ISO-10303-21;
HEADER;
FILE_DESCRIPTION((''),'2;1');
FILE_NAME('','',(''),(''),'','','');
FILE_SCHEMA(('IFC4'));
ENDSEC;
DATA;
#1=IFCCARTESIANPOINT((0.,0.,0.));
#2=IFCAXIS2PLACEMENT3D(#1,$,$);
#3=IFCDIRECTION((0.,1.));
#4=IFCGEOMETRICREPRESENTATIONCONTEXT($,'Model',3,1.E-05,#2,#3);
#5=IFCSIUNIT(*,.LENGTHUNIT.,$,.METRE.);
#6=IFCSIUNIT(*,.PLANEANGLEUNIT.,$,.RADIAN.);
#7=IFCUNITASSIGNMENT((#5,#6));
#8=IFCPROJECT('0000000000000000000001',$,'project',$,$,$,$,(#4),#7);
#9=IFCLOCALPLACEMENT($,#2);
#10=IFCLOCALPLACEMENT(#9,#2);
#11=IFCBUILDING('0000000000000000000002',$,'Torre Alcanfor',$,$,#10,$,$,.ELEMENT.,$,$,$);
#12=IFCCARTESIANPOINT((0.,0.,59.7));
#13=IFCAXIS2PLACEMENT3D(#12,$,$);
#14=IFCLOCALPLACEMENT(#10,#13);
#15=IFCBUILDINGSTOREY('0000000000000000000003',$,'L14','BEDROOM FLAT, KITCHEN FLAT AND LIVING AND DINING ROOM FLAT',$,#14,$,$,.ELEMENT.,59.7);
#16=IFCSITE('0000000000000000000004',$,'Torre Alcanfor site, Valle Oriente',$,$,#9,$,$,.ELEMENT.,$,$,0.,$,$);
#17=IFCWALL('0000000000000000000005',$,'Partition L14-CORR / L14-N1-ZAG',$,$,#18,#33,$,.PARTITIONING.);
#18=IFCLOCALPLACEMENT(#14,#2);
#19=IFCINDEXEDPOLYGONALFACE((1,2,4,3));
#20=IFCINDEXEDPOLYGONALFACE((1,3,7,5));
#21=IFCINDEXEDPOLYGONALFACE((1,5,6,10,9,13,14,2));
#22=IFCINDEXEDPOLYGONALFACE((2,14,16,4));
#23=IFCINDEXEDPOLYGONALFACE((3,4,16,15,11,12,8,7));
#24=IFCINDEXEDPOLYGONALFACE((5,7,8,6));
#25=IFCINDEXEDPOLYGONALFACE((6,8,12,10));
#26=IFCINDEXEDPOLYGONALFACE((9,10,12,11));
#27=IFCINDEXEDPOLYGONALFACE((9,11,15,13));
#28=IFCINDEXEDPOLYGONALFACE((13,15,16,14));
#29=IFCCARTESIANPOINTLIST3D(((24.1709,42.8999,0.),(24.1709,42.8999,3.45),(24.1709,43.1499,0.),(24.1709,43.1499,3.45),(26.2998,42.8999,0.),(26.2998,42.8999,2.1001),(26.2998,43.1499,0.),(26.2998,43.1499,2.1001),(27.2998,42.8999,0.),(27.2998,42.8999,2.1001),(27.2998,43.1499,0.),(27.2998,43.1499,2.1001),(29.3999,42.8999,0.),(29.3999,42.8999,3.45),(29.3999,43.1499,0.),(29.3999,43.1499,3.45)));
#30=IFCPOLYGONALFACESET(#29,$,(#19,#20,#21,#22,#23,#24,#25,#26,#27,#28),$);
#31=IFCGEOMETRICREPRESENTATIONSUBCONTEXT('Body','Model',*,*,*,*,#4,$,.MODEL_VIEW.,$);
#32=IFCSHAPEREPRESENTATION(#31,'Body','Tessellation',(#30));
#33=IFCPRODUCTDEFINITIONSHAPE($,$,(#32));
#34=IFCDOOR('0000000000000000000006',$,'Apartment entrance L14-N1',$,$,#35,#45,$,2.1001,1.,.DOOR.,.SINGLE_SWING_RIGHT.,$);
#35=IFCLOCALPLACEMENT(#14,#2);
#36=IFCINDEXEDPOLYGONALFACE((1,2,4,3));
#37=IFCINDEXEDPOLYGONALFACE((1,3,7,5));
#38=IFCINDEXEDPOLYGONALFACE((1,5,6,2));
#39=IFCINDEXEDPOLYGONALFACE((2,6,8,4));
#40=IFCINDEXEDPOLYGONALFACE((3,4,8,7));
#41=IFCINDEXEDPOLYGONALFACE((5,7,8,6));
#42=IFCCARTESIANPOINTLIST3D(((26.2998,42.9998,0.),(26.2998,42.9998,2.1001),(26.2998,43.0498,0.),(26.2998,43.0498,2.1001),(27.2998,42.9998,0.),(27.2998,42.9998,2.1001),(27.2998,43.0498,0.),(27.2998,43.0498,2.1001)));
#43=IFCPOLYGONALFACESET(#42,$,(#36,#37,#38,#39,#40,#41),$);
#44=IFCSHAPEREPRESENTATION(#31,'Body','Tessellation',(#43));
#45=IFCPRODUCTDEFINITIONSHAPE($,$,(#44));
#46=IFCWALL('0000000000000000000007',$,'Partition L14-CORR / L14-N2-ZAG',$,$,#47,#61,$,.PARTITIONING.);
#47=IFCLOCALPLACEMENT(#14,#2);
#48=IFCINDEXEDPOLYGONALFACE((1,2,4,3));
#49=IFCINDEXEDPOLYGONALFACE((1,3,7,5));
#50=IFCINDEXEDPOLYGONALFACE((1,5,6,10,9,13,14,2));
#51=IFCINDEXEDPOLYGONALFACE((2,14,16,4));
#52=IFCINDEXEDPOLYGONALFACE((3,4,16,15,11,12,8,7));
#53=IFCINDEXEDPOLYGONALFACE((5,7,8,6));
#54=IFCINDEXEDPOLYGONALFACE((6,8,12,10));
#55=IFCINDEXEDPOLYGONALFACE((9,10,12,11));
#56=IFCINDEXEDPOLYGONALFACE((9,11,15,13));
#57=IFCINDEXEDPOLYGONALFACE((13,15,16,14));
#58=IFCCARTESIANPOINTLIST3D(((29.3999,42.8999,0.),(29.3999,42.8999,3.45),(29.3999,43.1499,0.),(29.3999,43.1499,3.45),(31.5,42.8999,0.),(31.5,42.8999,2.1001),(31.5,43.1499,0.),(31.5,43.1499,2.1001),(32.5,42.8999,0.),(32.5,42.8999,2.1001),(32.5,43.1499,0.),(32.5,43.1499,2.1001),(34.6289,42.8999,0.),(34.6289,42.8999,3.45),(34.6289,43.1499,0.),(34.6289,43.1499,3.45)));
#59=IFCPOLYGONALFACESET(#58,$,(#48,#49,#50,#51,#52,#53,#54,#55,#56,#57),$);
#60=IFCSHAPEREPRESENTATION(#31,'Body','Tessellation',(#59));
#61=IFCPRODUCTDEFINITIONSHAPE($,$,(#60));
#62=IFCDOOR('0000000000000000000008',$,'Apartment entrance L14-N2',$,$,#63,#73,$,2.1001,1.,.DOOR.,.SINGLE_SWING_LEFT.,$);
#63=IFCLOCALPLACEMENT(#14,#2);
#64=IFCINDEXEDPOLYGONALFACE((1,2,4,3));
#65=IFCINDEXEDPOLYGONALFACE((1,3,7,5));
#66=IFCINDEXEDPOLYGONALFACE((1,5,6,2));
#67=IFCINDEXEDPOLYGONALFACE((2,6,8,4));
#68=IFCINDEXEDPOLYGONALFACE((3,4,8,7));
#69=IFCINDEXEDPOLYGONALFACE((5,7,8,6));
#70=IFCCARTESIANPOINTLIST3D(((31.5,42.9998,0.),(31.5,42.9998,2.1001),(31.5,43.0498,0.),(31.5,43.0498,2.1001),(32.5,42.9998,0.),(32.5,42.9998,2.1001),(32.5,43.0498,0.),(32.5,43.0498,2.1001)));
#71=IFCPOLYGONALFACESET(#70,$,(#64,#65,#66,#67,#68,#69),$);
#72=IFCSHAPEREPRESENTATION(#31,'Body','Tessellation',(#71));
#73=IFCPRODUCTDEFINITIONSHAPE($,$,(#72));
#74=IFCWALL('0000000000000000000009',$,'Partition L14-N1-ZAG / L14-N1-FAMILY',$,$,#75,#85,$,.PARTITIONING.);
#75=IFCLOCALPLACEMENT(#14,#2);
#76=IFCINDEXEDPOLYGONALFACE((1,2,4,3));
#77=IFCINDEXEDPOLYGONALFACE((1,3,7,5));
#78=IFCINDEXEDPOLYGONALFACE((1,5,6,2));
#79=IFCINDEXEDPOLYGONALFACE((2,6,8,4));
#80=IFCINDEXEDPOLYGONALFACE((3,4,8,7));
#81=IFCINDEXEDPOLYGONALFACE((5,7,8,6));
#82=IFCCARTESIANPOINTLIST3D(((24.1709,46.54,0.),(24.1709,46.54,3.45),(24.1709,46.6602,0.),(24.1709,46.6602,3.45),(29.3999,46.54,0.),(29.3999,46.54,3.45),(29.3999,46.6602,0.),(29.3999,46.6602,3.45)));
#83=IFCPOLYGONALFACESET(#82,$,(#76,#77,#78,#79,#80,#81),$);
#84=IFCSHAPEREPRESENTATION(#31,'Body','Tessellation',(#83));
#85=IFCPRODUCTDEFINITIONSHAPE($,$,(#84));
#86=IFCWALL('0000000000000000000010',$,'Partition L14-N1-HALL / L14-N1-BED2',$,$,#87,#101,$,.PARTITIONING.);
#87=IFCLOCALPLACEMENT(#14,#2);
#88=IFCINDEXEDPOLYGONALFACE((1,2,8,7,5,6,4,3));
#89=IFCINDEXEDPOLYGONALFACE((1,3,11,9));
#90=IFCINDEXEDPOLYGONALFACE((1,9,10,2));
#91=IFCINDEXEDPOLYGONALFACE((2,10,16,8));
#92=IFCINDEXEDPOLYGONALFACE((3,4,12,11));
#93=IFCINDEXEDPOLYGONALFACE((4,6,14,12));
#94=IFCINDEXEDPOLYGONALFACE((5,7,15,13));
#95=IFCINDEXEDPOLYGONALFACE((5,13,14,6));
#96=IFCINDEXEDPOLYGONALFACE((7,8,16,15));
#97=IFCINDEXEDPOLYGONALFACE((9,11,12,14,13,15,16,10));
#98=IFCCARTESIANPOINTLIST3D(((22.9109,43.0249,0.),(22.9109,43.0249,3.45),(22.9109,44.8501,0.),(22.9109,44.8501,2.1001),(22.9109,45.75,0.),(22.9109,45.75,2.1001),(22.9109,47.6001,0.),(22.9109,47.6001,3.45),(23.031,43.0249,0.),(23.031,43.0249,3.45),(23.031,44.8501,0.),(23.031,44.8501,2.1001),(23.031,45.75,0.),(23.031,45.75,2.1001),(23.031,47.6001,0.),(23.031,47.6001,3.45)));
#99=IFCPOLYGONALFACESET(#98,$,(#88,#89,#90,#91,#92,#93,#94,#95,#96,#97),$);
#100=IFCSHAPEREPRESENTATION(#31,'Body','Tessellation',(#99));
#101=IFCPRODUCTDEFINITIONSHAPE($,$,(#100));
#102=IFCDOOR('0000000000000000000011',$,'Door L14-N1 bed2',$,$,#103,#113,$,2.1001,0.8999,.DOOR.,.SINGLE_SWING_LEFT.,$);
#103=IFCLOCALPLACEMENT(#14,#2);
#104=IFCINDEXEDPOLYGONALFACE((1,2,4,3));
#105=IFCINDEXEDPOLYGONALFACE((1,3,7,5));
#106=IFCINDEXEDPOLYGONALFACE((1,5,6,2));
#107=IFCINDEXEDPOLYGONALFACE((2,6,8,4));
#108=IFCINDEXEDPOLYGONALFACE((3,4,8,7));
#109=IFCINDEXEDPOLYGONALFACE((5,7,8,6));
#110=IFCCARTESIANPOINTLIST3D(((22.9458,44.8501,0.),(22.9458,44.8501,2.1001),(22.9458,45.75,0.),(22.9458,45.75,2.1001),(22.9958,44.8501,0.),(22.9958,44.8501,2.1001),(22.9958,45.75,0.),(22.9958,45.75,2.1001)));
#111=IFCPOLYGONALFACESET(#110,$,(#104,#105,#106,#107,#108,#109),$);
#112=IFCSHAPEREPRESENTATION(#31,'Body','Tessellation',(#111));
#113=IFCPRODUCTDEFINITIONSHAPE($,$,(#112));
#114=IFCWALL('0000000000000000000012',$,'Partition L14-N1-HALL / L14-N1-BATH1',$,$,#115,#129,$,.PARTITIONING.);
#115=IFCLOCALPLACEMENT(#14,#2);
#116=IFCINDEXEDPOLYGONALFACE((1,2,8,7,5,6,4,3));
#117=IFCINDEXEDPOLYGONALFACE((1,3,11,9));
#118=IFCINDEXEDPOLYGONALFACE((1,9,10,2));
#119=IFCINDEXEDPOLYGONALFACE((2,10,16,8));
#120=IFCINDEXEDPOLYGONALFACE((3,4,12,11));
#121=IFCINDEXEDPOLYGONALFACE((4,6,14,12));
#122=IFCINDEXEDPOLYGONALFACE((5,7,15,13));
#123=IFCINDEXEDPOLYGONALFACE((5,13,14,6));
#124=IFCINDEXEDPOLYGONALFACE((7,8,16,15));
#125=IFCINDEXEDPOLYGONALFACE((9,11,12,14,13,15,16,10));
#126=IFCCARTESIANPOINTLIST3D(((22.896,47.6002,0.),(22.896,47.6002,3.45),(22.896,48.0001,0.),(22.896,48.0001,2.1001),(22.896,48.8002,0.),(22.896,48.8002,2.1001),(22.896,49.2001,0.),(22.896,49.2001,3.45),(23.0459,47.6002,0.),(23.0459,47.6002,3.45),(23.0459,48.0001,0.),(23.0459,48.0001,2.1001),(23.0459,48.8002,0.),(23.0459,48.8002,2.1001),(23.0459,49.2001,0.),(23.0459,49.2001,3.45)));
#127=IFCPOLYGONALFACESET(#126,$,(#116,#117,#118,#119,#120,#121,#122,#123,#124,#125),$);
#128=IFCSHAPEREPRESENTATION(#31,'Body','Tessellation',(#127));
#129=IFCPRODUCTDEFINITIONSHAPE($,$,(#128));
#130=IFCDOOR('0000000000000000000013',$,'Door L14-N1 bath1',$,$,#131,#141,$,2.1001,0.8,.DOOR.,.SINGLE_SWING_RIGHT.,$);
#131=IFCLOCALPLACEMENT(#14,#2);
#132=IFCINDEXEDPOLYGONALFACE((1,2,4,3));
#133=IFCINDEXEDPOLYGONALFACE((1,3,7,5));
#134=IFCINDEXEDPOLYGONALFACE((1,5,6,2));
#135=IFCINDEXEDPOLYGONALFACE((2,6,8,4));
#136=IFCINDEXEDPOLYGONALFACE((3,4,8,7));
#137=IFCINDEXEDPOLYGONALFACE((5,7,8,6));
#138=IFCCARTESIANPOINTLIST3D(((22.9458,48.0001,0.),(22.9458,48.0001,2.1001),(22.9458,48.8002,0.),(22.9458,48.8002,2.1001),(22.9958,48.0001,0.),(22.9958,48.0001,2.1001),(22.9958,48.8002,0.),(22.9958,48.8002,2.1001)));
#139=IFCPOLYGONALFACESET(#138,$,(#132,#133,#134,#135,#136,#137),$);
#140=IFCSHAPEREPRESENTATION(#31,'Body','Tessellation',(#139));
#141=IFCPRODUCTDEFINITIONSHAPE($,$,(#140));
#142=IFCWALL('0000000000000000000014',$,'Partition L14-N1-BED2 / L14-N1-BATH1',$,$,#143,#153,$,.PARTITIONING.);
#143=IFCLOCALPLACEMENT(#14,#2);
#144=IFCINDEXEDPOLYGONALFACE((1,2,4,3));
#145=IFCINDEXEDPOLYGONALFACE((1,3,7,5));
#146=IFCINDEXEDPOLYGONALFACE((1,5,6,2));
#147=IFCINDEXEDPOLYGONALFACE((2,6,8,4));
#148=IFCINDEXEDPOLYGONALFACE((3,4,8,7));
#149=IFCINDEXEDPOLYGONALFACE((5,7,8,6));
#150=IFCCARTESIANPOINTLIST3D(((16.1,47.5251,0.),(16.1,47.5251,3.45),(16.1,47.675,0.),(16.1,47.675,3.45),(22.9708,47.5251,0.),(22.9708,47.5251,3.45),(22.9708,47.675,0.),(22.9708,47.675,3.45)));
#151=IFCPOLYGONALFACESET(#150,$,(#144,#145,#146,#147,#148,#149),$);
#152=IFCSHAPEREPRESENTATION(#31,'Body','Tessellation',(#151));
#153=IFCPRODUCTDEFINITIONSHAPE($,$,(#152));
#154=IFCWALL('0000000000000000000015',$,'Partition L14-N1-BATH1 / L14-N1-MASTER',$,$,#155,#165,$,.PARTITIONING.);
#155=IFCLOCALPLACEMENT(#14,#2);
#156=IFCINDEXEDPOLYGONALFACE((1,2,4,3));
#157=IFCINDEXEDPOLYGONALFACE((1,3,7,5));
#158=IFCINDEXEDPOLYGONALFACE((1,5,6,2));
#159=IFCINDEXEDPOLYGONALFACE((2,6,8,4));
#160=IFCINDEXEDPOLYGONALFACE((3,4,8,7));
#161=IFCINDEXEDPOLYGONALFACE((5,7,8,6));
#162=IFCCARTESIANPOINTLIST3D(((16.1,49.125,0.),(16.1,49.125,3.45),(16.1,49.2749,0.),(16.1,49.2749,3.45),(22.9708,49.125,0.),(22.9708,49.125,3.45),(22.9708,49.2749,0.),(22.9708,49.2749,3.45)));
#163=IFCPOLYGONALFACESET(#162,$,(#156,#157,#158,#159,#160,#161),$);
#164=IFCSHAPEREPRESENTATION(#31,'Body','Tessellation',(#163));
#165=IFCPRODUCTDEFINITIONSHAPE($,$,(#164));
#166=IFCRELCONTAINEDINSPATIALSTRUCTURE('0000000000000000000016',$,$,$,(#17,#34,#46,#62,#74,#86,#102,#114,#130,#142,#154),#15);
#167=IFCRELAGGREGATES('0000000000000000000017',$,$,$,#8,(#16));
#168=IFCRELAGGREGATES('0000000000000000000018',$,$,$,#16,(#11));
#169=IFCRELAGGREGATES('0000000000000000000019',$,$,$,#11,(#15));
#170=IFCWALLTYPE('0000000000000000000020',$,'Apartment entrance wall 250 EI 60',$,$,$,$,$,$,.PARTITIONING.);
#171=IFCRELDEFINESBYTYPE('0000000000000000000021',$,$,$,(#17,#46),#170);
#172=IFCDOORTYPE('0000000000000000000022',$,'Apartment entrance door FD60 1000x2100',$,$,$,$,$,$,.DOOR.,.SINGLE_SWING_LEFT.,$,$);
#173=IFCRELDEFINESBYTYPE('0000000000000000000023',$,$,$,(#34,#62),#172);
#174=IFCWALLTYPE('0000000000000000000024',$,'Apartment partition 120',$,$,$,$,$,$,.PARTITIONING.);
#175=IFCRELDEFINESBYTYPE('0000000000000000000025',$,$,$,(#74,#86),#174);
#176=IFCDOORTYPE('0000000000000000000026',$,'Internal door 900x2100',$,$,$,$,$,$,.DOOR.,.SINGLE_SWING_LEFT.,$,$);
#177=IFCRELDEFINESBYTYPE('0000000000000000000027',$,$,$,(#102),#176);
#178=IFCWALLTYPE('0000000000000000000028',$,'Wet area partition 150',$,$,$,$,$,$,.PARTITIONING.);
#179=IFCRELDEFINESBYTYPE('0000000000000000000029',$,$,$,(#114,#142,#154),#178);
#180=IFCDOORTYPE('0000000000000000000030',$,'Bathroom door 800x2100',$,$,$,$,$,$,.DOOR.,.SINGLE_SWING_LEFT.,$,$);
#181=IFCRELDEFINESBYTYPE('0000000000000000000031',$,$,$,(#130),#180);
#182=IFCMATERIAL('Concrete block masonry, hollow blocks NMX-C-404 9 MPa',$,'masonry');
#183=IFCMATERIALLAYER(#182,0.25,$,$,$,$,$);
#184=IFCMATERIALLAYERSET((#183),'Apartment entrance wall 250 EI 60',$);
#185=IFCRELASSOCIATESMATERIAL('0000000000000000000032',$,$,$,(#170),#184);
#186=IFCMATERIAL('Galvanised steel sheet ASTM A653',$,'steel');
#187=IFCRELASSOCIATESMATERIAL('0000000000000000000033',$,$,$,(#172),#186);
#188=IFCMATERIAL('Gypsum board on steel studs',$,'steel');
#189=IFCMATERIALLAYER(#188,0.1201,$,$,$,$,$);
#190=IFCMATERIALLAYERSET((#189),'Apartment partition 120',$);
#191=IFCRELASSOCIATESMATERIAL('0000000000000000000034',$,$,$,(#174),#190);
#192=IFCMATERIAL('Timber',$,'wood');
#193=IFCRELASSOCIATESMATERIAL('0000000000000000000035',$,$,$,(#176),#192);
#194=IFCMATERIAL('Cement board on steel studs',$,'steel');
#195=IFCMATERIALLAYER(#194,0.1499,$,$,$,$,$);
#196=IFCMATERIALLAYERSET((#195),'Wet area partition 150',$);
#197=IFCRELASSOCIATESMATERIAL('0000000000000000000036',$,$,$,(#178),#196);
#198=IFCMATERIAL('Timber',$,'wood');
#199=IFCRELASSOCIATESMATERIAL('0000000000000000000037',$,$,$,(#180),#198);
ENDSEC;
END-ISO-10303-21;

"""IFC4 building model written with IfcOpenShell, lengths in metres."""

from ifc_helpers import new_model, si_unit, direction, frame, frame_2d, origin, place, context, subcontext, project, spatial, rectangle, extrude, material, layer, layer_set, type_object, element, fill, save


model = new_model("IFC4")

# Units and contexts
model_context = context("Model", 3, precision=1e-05, world=origin(), true_north=direction((0.0, 1.0)))
body_context = subcontext(model_context, "Body", "Model", "MODEL_VIEW")
ifc_project = project(units=[si_unit("LENGTHUNIT", "METRE"), si_unit("PLANEANGLEUNIT", "RADIAN")], contexts=[model_context])

# Site, building, storey
site_placement = place(None, origin())
site = spatial("IfcSite", under=ifc_project, at=site_placement, Name="Torre Alcanfor site, Valle Oriente", CompositionType="ELEMENT", RefElevation=0.0)
building_placement = place(site_placement, origin())
building = spatial("IfcBuilding", under=site, at=building_placement, Name="Torre Alcanfor", CompositionType="ELEMENT")
storey_placement = place(building_placement, frame((0.0, 0.0, 59.7)))
storey = spatial("IfcBuildingStorey", under=building, at=storey_placement, Name="L14", Description="BEDROOM FLAT, KITCHEN FLAT AND LIVING AND DINING ROOM FLAT", CompositionType="ELEMENT", Elevation=59.7)

# Walls, openings, doors
ifc_material_1 = material(Name="Concrete block masonry, hollow blocks NMX-C-404 9 MPa", Category="masonry")
ifc_layer_1 = layer(ifc_material_1, 0.25)
ifc_layer_set_1 = layer_set([ifc_layer_1], Name="Apartment entrance wall 250 EI 60")
wall_type_1 = type_object("IfcWallType", Name="Apartment entrance wall 250 EI 60", PredefinedType="PARTITIONING", material=ifc_layer_set_1)
wall_1_placement = place(storey_placement, frame((24.1709, 43.0249, 0.0), z_axis=(0.0, 0.0, 1.0), x_axis=(1.0, 0.0, 0.0)))
wall_1 = element("IfcWall", 1, at=wall_1_placement, inside=storey, type_object=wall_type_1, Name="Partition L14-CORR / L14-N1-ZAG", PredefinedType="PARTITIONING", context=body_context, shape_type="SweptSolid", body=[
    extrude(rectangle(XDim=5.229, YDim=0.25, at=frame_2d((2.6145, 0.0))), origin(), (0.0, 0.0, 1.0), 3.45),
])
opening_1_placement = place(wall_1_placement, frame((2.1289, 0.0, 0.0)))
opening_1 = element("IfcOpeningElement", 2, at=opening_1_placement, cuts=wall_1, PredefinedType="OPENING", context=body_context, shape_type="SweptSolid", body=[
    extrude(rectangle(XDim=1.0, YDim=2.1001, at=frame_2d((0.5, 1.05))), frame((0.0, 0.135, 0.0), z_axis=(0.0, -1.0, 0.0), x_axis=(1.0, 0.0, 0.0)), (0.0, 0.0, 1.0), 0.27),
])
ifc_material_2 = material(Name="Galvanised steel sheet ASTM A653", Category="steel")
door_type_1 = type_object("IfcDoorType", Name="Apartment entrance door FD60 1000x2100", OperationType="SINGLE_SWING_LEFT", PredefinedType="DOOR", material=ifc_material_2)
door_1_placement = place(opening_1_placement, origin())
door_1 = element("IfcDoor", 3, at=door_1_placement, inside=storey, type_object=door_type_1, Name="Apartment entrance L14-N1", OperationType="SINGLE_SWING_RIGHT", OverallHeight=2.1001, OverallWidth=1.0, PredefinedType="DOOR", context=body_context, shape_type="SweptSolid", body=[
    extrude(rectangle(XDim=1.0, YDim=2.1001, at=frame_2d((0.5, 1.05))), frame((0.0, 0.0249, 0.0), z_axis=(0.0, -1.0, 0.0), x_axis=(1.0, 0.0, 0.0)), (0.0, 0.0, 1.0), 0.05),
])
fill(opening_1, door_1)
wall_2_placement = place(storey_placement, frame((29.3999, 43.0249, 0.0), z_axis=(0.0, 0.0, 1.0), x_axis=(1.0, 0.0, 0.0)))
wall_2 = element("IfcWall", 4, at=wall_2_placement, inside=storey, type_object=wall_type_1, Name="Partition L14-CORR / L14-N2-ZAG", PredefinedType="PARTITIONING", context=body_context, shape_type="SweptSolid", body=[
    extrude(rectangle(XDim=5.229, YDim=0.25, at=frame_2d((2.6145, 0.0))), origin(), (0.0, 0.0, 1.0), 3.45),
])
opening_2_placement = place(wall_2_placement, frame((2.1001, 0.0, 0.0)))
opening_2 = element("IfcOpeningElement", 5, at=opening_2_placement, cuts=wall_2, PredefinedType="OPENING", context=body_context, shape_type="SweptSolid", body=[
    extrude(rectangle(XDim=1.0, YDim=2.1001, at=frame_2d((0.5, 1.05))), frame((0.0, 0.135, 0.0), z_axis=(0.0, -1.0, 0.0), x_axis=(1.0, 0.0, 0.0)), (0.0, 0.0, 1.0), 0.27),
])
door_2_placement = place(opening_2_placement, origin())
door_2 = element("IfcDoor", 6, at=door_2_placement, inside=storey, type_object=door_type_1, Name="Apartment entrance L14-N2", OperationType="SINGLE_SWING_LEFT", OverallHeight=2.1001, OverallWidth=1.0, PredefinedType="DOOR", context=body_context, shape_type="SweptSolid", body=[
    extrude(rectangle(XDim=1.0, YDim=2.1001, at=frame_2d((0.5, 1.05))), frame((0.0, 0.0249, 0.0), z_axis=(0.0, -1.0, 0.0), x_axis=(1.0, 0.0, 0.0)), (0.0, 0.0, 1.0), 0.05),
])
fill(opening_2, door_2)

# Wall
ifc_material_3 = material(Name="Gypsum board on steel studs", Category="steel")
ifc_layer_2 = layer(ifc_material_3, 0.1201)
ifc_layer_set_2 = layer_set([ifc_layer_2], Name="Apartment partition 120")
wall_type_2 = type_object("IfcWallType", Name="Apartment partition 120", PredefinedType="PARTITIONING", material=ifc_layer_set_2)
wall_3_placement = place(storey_placement, frame((29.3999, 46.6001, 0.0), z_axis=(0.0, 0.0, 1.0), x_axis=(-1.0, 0.0, 0.0)))
element("IfcWall", 7, at=wall_3_placement, inside=storey, type_object=wall_type_2, Name="Partition L14-N1-ZAG / L14-N1-FAMILY", PredefinedType="PARTITIONING", context=body_context, shape_type="SweptSolid", body=[
    extrude(rectangle(XDim=5.229, YDim=0.1201, at=frame_2d((2.6145, 0.0))), origin(), (0.0, 0.0, 1.0), 3.45),
])

# Walls, openings, doors
wall_4_placement = place(storey_placement, frame((22.9709, 47.6001, 0.0), z_axis=(0.0, 0.0, 1.0), x_axis=(0.0, -1.0, 0.0)))
wall_4 = element("IfcWall", 8, at=wall_4_placement, inside=storey, type_object=wall_type_2, Name="Partition L14-N1-HALL / L14-N1-BED2", PredefinedType="PARTITIONING", context=body_context, shape_type="SweptSolid", body=[
    extrude(rectangle(XDim=4.5752, YDim=0.1201, at=frame_2d((2.2876, 0.0))), origin(), (0.0, 0.0, 1.0), 3.45),
])
opening_3_placement = place(wall_4_placement, frame((1.8501, 0.0, 0.0)))
opening_3 = element("IfcOpeningElement", 9, at=opening_3_placement, cuts=wall_4, PredefinedType="OPENING", context=body_context, shape_type="SweptSolid", body=[
    extrude(rectangle(XDim=0.8999, YDim=2.1001, at=frame_2d((0.45, 1.05))), frame((0.0, 0.0701, 0.0), z_axis=(0.0, -1.0, 0.0), x_axis=(1.0, 0.0, 0.0)), (0.0, 0.0, 1.0), 0.1401),
])
ifc_material_4 = material(Name="Timber", Category="wood")
door_type_2 = type_object("IfcDoorType", Name="Internal door 900x2100", OperationType="SINGLE_SWING_LEFT", PredefinedType="DOOR", material=ifc_material_4)
door_3_placement = place(opening_3_placement, frame((0.8999, 0.0, 0.0), z_axis=(0.0, 0.0, 1.0), x_axis=(-1.0, 0.0, 0.0)))
door_3 = element("IfcDoor", 10, at=door_3_placement, inside=storey, type_object=door_type_2, Name="Door L14-N1 bed2", OperationType="SINGLE_SWING_LEFT", OverallHeight=2.1001, OverallWidth=0.8999, PredefinedType="DOOR", context=body_context, shape_type="SweptSolid", body=[
    extrude(rectangle(XDim=0.8999, YDim=2.1001, at=frame_2d((0.45, 1.05))), frame((0.0, 0.0251, 0.0), z_axis=(0.0, -1.0, 0.0), x_axis=(1.0, 0.0, 0.0)), (0.0, 0.0, 1.0), 0.05),
])
fill(opening_3, door_3)
ifc_material_5 = material(Name="Cement board on steel studs", Category="steel")
ifc_layer_3 = layer(ifc_material_5, 0.1499)
ifc_layer_set_3 = layer_set([ifc_layer_3], Name="Wet area partition 150")
wall_type_3 = type_object("IfcWallType", Name="Wet area partition 150", PredefinedType="PARTITIONING", material=ifc_layer_set_3)
wall_5_placement = place(storey_placement, frame((22.9709, 49.2, 0.0), z_axis=(0.0, 0.0, 1.0), x_axis=(0.0, -1.0, 0.0)))
wall_5 = element("IfcWall", 11, at=wall_5_placement, inside=storey, type_object=wall_type_3, Name="Partition L14-N1-HALL / L14-N1-BATH1", PredefinedType="PARTITIONING", context=body_context, shape_type="SweptSolid", body=[
    extrude(rectangle(XDim=1.5999, YDim=0.1499, at=frame_2d((0.7998, 0.0))), origin(), (0.0, 0.0, 1.0), 3.45),
])
opening_4_placement = place(wall_5_placement, frame((0.3999, 0.0, 0.0)))
opening_4 = element("IfcOpeningElement", 12, at=opening_4_placement, cuts=wall_5, PredefinedType="OPENING", context=body_context, shape_type="SweptSolid", body=[
    extrude(rectangle(XDim=0.8, YDim=2.1001, at=frame_2d((0.3999, 1.05))), frame((0.0, 0.085, 0.0), z_axis=(0.0, -1.0, 0.0), x_axis=(1.0, 0.0, 0.0)), (0.0, 0.0, 1.0), 0.1699),
])
ifc_material_6 = material(Name="Timber", Category="wood")
door_type_3 = type_object("IfcDoorType", Name="Bathroom door 800x2100", OperationType="SINGLE_SWING_LEFT", PredefinedType="DOOR", material=ifc_material_6)
door_4_placement = place(opening_4_placement, frame((0.8, 0.0, 0.0), z_axis=(0.0, 0.0, 1.0), x_axis=(-1.0, 0.0, 0.0)))
door_4 = element("IfcDoor", 13, at=door_4_placement, inside=storey, type_object=door_type_3, Name="Door L14-N1 bath1", OperationType="SINGLE_SWING_RIGHT", OverallHeight=2.1001, OverallWidth=0.8, PredefinedType="DOOR", context=body_context, shape_type="SweptSolid", body=[
    extrude(rectangle(XDim=0.8, YDim=2.1001, at=frame_2d((0.4001, 1.05))), frame((0.0, 0.0251, 0.0), z_axis=(0.0, -1.0, 0.0), x_axis=(1.0, 0.0, 0.0)), (0.0, 0.0, 1.0), 0.05),
])
fill(opening_4, door_4)

# Walls
for number, where, z_axis, x_axis, name in (
    (14, (22.9709, 47.6001, 0.0), (0.0, 0.0, 1.0), (-1.0, 0.0, 0.0), "Partition L14-N1-BED2 / L14-N1-BATH1"),
    (15, (22.9709, 49.2, 0.0), (0.0, 0.0, 1.0), (-1.0, 0.0, 0.0), "Partition L14-N1-BATH1 / L14-N1-MASTER"),
):
    element("IfcWall", number, at=place(storey_placement, frame(where, z_axis=z_axis, x_axis=x_axis)), inside=storey, type_object=wall_type_3, Name=name, PredefinedType="PARTITIONING", context=body_context, shape_type="SweptSolid", body=[
        extrude(rectangle(XDim=6.8708, YDim=0.1499, at=frame_2d((3.4355, 0.0))), origin(), (0.0, 0.0, 1.0), 3.45),
    ])

save(model, "model.ifc")
